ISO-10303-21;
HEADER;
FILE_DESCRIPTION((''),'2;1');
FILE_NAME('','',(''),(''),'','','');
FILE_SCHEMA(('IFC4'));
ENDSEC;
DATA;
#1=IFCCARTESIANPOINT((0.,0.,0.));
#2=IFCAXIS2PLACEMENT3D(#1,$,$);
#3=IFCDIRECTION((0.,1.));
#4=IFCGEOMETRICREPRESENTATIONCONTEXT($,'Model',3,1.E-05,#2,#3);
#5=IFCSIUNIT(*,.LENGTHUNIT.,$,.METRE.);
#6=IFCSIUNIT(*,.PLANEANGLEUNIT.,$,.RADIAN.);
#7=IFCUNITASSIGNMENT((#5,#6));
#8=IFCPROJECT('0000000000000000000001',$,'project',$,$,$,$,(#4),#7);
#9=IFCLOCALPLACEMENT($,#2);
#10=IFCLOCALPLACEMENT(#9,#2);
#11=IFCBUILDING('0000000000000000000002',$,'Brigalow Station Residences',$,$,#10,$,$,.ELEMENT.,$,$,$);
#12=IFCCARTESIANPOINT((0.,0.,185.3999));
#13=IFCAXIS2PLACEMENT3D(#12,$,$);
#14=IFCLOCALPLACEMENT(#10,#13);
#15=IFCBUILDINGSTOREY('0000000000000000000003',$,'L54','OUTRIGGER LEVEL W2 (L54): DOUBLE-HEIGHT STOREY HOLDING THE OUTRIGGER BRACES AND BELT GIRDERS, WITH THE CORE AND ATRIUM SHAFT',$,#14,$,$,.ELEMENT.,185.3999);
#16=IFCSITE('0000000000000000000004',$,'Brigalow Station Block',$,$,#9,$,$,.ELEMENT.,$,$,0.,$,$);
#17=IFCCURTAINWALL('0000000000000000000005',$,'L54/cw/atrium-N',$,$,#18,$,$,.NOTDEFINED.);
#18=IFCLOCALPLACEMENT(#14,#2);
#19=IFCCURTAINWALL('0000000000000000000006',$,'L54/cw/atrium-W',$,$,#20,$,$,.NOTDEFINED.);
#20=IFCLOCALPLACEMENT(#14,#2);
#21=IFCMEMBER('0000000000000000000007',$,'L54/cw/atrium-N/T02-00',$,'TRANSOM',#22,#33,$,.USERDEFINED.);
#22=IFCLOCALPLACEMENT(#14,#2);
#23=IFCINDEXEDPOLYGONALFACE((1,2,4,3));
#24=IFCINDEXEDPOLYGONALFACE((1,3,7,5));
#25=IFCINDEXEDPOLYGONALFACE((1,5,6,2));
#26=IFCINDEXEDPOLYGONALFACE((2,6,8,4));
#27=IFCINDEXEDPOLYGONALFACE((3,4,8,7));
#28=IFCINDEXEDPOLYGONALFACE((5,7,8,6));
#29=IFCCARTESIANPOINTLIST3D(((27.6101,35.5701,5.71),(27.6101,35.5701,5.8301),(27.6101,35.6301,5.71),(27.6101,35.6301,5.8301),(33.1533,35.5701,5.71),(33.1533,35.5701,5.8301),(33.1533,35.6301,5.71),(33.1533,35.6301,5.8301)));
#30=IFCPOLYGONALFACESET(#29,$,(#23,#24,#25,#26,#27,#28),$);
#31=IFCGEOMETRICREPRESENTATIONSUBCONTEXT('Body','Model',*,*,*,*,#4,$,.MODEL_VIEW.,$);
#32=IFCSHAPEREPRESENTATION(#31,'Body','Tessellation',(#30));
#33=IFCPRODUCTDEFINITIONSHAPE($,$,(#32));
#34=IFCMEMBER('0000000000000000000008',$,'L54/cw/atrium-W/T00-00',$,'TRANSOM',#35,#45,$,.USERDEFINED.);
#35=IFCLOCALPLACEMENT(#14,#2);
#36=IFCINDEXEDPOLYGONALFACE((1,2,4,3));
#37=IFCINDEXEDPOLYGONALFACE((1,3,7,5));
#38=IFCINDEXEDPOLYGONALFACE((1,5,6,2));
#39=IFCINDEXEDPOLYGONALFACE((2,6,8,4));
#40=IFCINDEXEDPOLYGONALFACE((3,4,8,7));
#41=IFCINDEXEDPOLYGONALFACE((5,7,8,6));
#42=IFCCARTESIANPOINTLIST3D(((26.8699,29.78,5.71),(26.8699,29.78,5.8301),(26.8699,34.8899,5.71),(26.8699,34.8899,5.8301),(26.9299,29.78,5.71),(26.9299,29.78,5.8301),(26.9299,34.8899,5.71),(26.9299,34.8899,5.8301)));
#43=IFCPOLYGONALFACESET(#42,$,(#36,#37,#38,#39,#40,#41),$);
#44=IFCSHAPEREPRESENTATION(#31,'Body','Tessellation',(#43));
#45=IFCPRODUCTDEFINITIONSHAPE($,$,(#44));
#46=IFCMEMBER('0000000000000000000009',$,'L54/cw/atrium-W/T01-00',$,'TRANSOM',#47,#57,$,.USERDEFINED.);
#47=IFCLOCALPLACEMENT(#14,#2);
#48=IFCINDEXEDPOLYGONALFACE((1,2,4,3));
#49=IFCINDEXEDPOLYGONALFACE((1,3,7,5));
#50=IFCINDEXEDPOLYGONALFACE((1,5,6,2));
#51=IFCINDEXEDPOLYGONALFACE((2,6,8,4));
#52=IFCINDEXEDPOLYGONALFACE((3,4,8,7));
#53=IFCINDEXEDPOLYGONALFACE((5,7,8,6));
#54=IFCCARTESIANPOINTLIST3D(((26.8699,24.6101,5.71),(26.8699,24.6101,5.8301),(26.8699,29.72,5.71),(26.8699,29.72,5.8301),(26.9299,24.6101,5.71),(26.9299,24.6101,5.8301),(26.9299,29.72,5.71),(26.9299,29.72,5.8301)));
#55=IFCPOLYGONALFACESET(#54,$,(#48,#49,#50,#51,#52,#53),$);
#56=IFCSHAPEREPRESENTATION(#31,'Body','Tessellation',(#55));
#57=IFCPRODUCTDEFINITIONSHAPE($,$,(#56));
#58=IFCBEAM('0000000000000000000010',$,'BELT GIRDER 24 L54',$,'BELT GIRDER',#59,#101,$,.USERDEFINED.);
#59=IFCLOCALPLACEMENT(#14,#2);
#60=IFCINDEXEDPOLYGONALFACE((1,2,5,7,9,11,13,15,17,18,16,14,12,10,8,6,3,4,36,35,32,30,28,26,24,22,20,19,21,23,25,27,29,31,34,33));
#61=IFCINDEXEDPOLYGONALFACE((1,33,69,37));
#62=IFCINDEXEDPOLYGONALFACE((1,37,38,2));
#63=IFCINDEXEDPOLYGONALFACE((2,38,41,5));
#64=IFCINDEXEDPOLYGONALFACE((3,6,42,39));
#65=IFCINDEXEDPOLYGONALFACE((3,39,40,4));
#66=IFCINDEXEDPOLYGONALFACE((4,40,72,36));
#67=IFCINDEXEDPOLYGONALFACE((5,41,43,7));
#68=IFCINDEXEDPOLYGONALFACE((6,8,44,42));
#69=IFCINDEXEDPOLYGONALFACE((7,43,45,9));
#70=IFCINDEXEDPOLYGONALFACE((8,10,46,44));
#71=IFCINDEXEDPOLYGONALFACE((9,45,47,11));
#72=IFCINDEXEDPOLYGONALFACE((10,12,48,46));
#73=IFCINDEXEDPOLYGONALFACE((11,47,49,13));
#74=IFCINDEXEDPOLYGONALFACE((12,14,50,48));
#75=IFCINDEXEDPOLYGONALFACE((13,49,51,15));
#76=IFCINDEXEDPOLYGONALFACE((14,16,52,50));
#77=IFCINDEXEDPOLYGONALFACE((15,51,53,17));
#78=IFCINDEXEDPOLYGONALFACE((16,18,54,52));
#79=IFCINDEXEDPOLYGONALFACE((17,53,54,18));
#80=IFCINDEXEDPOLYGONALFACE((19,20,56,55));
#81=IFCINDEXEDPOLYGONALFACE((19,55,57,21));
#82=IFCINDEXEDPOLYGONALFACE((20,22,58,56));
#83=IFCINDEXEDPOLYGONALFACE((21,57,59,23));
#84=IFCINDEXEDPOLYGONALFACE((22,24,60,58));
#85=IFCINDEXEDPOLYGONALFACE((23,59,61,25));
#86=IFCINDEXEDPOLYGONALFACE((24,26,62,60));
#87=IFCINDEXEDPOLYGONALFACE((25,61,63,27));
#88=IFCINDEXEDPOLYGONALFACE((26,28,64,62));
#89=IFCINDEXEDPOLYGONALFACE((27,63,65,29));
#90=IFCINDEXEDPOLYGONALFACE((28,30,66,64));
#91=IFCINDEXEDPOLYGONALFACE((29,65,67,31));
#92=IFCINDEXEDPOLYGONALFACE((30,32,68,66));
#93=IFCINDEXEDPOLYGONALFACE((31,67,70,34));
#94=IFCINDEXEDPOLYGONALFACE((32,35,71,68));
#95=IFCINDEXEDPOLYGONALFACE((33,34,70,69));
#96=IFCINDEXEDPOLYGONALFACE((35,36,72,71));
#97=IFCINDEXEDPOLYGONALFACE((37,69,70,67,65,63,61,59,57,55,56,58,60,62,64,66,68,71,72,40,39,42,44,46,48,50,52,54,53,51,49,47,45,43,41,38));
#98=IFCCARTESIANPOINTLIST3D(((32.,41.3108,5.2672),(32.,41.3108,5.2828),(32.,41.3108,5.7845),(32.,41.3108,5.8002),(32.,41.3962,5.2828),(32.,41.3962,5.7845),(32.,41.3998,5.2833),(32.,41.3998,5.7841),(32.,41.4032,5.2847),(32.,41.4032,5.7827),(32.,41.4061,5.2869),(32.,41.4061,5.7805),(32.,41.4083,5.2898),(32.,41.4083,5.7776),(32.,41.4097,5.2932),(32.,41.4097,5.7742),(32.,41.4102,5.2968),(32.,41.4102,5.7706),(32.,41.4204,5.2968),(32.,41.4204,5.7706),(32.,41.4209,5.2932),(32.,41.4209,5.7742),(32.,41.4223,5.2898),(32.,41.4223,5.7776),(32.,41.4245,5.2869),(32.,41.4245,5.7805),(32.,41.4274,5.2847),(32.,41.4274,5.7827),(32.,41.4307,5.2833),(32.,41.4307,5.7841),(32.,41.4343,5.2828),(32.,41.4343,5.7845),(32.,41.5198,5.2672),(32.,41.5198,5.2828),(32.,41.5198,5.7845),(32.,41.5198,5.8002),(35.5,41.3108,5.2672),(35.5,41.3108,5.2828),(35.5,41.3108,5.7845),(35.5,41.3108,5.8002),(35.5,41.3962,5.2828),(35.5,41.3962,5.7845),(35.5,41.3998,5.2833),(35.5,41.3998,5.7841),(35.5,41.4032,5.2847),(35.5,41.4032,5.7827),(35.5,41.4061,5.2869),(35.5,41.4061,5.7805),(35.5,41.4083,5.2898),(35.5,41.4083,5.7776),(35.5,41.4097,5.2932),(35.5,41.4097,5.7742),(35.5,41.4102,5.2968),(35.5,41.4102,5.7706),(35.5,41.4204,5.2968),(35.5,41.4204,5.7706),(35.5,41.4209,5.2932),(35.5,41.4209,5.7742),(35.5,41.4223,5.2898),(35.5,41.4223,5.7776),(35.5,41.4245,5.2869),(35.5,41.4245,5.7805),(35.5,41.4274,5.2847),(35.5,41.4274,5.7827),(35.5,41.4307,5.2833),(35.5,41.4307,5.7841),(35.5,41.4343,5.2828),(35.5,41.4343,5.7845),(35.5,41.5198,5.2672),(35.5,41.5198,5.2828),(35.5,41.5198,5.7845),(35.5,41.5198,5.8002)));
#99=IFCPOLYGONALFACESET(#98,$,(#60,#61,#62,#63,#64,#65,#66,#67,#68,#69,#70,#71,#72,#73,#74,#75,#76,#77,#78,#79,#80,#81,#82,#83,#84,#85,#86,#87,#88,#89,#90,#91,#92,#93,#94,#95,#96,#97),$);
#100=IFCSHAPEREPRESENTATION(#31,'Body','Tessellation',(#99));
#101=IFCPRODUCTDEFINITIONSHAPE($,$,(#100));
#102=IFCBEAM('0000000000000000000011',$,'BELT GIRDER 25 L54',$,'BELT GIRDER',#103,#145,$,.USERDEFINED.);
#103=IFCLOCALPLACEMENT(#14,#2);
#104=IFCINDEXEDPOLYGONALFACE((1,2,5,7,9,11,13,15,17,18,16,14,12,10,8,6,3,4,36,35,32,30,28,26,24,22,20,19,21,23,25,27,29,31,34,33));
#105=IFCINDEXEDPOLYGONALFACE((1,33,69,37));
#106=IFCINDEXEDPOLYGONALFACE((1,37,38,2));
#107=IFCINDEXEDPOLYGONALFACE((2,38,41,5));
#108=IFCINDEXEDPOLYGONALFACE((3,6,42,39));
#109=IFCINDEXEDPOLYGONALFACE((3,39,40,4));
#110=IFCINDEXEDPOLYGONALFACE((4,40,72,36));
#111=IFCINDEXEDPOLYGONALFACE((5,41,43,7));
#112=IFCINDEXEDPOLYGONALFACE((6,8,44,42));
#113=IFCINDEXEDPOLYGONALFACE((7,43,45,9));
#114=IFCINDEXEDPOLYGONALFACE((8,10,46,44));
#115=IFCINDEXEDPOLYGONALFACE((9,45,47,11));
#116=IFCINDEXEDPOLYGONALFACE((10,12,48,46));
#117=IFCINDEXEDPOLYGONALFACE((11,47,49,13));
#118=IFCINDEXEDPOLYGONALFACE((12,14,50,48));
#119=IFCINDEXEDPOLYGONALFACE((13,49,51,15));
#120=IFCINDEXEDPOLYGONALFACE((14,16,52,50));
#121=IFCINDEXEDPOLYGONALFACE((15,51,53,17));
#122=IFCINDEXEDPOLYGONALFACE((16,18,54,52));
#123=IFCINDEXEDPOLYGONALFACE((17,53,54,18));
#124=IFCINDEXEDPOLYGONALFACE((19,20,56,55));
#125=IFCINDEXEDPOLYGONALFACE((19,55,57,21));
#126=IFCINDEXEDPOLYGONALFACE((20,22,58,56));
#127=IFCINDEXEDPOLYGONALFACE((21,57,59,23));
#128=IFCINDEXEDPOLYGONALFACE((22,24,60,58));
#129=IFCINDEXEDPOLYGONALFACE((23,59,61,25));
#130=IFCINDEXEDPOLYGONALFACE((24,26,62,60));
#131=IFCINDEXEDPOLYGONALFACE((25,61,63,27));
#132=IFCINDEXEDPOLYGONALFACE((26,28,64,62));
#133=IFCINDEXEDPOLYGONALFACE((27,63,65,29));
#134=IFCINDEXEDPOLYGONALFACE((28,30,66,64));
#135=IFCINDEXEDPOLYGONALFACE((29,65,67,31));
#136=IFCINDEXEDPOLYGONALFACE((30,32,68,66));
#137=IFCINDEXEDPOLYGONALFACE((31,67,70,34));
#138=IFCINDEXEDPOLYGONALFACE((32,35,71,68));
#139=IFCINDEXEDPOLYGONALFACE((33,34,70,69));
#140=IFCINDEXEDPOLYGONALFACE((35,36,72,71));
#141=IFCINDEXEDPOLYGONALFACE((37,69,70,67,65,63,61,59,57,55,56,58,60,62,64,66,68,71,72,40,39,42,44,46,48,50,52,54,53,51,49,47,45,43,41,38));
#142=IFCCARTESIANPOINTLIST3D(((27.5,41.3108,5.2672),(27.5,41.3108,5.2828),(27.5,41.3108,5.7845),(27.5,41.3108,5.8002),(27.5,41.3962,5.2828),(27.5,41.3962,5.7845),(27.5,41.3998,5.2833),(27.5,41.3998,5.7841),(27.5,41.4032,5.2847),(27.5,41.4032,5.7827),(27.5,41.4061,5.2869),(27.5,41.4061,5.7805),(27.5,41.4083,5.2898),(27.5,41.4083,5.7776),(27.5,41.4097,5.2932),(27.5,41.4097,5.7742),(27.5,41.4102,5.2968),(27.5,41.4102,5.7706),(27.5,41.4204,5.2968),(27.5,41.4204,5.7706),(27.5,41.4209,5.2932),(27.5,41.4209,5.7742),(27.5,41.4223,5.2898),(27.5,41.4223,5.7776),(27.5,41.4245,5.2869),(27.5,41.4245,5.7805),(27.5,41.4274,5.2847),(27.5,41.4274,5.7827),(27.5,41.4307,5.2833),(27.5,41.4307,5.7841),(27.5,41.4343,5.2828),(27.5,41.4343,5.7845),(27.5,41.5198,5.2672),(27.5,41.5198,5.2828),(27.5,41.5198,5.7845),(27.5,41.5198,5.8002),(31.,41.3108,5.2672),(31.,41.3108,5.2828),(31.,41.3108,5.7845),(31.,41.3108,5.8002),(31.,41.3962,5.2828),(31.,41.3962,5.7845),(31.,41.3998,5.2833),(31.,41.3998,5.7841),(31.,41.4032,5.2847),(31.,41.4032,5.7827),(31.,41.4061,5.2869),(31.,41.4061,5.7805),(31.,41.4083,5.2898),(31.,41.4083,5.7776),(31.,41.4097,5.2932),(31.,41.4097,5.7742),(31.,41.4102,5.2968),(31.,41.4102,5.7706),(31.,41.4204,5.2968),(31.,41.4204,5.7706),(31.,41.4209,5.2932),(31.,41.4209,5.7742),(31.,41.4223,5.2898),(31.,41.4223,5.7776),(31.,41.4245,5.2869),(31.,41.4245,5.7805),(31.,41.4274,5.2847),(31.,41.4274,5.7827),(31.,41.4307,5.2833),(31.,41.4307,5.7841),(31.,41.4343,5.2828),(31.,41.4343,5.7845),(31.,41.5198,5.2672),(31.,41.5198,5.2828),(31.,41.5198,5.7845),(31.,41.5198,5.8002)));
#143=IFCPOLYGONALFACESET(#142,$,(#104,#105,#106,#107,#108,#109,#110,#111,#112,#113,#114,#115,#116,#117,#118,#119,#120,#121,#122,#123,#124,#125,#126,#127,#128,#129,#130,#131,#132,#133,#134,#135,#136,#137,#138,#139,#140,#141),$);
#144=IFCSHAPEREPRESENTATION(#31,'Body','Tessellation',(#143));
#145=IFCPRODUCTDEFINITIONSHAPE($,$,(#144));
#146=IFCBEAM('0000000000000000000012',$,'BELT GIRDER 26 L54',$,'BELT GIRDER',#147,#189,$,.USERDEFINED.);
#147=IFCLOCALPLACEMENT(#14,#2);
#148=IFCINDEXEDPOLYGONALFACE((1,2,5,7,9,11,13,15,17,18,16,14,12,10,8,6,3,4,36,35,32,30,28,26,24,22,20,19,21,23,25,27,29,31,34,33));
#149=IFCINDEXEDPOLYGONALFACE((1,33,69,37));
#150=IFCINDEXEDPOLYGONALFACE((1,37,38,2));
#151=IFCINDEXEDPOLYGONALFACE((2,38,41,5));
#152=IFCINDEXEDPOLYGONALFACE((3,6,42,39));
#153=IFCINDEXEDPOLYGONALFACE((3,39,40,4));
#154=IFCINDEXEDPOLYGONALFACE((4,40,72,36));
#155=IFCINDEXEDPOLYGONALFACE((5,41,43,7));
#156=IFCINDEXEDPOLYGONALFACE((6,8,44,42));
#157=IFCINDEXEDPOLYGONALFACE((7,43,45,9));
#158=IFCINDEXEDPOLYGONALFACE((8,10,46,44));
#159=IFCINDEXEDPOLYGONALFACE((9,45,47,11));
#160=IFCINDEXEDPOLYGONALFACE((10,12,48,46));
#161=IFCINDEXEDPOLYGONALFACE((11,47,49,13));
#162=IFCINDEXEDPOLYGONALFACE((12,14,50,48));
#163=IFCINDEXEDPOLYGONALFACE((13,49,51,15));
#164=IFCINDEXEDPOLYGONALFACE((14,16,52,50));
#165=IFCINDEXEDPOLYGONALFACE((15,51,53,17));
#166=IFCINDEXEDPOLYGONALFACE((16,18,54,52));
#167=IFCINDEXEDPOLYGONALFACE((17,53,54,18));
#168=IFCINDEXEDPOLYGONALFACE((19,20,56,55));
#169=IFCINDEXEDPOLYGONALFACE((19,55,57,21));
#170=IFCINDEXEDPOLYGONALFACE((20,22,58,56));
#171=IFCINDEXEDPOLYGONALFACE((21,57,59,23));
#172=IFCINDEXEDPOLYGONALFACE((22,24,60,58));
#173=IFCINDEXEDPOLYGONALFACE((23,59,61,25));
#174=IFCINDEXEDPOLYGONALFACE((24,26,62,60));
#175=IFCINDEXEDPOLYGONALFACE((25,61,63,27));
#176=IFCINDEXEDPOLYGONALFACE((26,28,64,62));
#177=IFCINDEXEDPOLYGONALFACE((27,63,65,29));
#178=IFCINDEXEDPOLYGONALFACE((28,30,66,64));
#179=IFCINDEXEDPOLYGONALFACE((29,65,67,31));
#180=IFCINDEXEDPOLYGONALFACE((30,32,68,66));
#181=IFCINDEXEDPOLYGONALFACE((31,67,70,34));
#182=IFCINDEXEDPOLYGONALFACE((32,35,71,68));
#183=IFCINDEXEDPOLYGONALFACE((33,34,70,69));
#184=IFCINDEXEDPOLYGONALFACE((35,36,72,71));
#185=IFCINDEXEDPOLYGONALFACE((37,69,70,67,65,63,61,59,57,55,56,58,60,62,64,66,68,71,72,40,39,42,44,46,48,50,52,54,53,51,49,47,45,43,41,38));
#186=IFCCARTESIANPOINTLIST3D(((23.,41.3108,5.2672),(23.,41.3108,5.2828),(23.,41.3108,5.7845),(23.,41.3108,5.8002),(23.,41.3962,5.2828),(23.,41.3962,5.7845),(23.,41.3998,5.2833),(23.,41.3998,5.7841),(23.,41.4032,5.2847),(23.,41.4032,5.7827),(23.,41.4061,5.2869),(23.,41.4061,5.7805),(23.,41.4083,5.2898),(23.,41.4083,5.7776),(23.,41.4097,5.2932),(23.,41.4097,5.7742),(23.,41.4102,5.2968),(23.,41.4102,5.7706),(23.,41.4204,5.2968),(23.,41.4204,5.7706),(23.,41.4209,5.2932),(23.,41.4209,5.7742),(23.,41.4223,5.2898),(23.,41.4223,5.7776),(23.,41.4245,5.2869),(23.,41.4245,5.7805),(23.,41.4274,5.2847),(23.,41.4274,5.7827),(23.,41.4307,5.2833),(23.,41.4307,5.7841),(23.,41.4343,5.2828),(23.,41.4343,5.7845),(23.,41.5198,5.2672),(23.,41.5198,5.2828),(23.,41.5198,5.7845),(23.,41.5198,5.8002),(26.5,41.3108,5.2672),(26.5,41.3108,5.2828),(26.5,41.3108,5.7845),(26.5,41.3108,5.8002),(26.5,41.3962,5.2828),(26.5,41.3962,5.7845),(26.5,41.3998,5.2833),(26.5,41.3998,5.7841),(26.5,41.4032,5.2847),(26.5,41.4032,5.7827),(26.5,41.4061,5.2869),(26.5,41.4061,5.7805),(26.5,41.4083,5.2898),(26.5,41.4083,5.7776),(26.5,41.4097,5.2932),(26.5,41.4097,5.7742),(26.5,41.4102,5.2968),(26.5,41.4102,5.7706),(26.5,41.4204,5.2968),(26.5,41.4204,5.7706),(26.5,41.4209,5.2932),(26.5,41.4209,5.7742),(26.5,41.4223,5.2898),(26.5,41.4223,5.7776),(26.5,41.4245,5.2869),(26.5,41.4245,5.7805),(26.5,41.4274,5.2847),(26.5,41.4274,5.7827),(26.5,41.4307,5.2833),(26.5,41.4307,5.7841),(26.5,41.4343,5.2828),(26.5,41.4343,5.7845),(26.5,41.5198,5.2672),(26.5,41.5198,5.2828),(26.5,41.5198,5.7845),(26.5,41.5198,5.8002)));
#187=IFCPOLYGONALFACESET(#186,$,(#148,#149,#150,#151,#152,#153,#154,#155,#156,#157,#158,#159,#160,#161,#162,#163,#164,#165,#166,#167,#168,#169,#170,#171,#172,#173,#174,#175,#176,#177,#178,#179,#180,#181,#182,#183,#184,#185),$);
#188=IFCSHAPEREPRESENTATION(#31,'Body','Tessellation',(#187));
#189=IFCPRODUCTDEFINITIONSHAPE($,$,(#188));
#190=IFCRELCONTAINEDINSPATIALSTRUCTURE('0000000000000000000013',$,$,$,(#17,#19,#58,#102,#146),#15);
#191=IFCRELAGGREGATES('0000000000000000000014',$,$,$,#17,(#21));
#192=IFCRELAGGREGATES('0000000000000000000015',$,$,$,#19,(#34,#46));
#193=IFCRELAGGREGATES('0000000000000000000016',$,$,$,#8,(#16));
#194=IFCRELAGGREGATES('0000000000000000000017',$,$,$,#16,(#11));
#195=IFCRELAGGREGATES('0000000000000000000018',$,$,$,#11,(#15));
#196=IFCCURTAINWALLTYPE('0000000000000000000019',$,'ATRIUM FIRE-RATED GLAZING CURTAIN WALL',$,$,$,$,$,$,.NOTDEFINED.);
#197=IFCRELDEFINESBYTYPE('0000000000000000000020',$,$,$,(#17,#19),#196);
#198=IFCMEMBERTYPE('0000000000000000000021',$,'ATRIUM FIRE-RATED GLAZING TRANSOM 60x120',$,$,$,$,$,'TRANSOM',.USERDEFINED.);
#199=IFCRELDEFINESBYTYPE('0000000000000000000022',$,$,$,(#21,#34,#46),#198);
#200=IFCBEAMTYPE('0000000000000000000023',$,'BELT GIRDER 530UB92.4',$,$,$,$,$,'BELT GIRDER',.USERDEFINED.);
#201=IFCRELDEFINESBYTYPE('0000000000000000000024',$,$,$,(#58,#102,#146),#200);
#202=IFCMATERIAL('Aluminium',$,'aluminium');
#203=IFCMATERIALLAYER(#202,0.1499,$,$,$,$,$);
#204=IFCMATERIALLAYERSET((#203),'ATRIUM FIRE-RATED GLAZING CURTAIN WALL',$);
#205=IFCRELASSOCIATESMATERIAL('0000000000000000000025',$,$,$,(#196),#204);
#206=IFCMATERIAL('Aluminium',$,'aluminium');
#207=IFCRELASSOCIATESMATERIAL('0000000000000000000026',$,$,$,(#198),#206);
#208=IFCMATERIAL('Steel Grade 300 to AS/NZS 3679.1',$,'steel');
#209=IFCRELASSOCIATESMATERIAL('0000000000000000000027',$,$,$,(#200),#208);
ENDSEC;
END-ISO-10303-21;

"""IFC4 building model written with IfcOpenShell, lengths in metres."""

from ifc_helpers import new_model, si_unit, direction, frame, origin, origin_2d, place, context, subcontext, project, spatial, rectangle, i_section, extrude, material, layer, layer_set, material_profile, profile_set, type_object, element, aggregate, save


model = new_model("IFC4")

# Units and contexts
model_context = context("Model", 3, precision=1e-05, world=origin(), true_north=direction((0.0, 1.0)))
body_context = subcontext(model_context, "Body", "Model", "MODEL_VIEW")
ifc_project = project(units=[si_unit("LENGTHUNIT", "METRE"), si_unit("PLANEANGLEUNIT", "RADIAN")], contexts=[model_context])

# Site, building, storey
site_placement = place(None, origin())
site = spatial("IfcSite", under=ifc_project, at=site_placement, Name="Brigalow Station Block", CompositionType="ELEMENT", RefElevation=0.0)
building_placement = place(site_placement, origin())
building = spatial("IfcBuilding", under=site, at=building_placement, Name="Brigalow Station Residences", CompositionType="ELEMENT")
storey_placement = place(building_placement, frame((0.0, 0.0, 185.3999)))
storey = spatial("IfcBuildingStorey", under=building, at=storey_placement, Name="L54", Description="OUTRIGGER LEVEL W2 (L54): DOUBLE-HEIGHT STOREY HOLDING THE OUTRIGGER BRACES AND BELT GIRDERS, WITH THE CORE AND ATRIUM SHAFT", CompositionType="ELEMENT", Elevation=185.3999)

# Curtain walls
ifc_material_1 = material(Name="Aluminium", Category="aluminium")
ifc_layer_1 = layer(ifc_material_1, 0.1499)
ifc_layer_set_1 = layer_set([ifc_layer_1], Name="ATRIUM FIRE-RATED GLAZING CURTAIN WALL")
curtain_wall_type = type_object("IfcCurtainWallType", Name="ATRIUM FIRE-RATED GLAZING CURTAIN WALL", PredefinedType="NOTDEFINED", material=ifc_layer_set_1)
curtain_wall_1_placement = place(storey_placement, origin())
curtain_wall_1 = element("IfcCurtainWall", 1, at=curtain_wall_1_placement, inside=storey, type_object=curtain_wall_type, Name="L54/cw/atrium-N", PredefinedType="NOTDEFINED")
curtain_wall_2_placement = place(storey_placement, origin())
curtain_wall_2 = element("IfcCurtainWall", 2, at=curtain_wall_2_placement, inside=storey, type_object=curtain_wall_type, Name="L54/cw/atrium-W", PredefinedType="NOTDEFINED")

# Shared definitions
ifc_material_2 = material(Name="Aluminium", Category="aluminium")
ifc_material_profile_1 = material_profile(ifc_material_2, rectangle(XDim=0.0601, YDim=0.1201, at=origin_2d()), Name="ATRIUM FIRE-RATED GLAZING TRANSOM 60x120")
ifc_profile_set_1 = profile_set([ifc_material_profile_1], Name="Aluminium")
member_type_1 = type_object("IfcMemberType", Name="ATRIUM FIRE-RATED GLAZING TRANSOM 60x120", ElementType="TRANSOM", PredefinedType="USERDEFINED", material=ifc_profile_set_1)

# Members
member_1_placement = place(storey_placement, frame((33.1533, 35.6001, 5.77), z_axis=(-1.0, 0.0, 0.0), x_axis=(0.0, -1.0, 0.0)))
member_1 = element("IfcMember", 3, at=member_1_placement, type_object=member_type_1, Name="L54/cw/atrium-N/T02-00", ObjectType="TRANSOM", PredefinedType="USERDEFINED", context=body_context, shape_type="SweptSolid", body=[
    extrude(rectangle(XDim=0.0601, YDim=0.1201, at=origin_2d()), origin(), (0.0, 0.0, 1.0), 5.5432),
])
member_2_placement = place(storey_placement, frame((26.8999, 34.8899, 5.77), z_axis=(0.0, -1.0, 0.0), x_axis=(1.0, 0.0, 0.0)))
member_2 = element("IfcMember", 4, at=member_2_placement, type_object=member_type_1, Name="L54/cw/atrium-W/T00-00", ObjectType="TRANSOM", PredefinedType="USERDEFINED", context=body_context, shape_type="SweptSolid", body=[
    extrude(rectangle(XDim=0.0601, YDim=0.1201, at=origin_2d()), origin(), (0.0, 0.0, 1.0), 5.1099),
])
member_3_placement = place(storey_placement, frame((26.8999, 29.72, 5.77), z_axis=(0.0, -1.0, 0.0), x_axis=(1.0, 0.0, 0.0)))
member_3 = element("IfcMember", 5, at=member_3_placement, type_object=member_type_1, Name="L54/cw/atrium-W/T01-00", ObjectType="TRANSOM", PredefinedType="USERDEFINED", context=body_context, shape_type="SweptSolid", body=[
    extrude(rectangle(XDim=0.0601, YDim=0.1201, at=origin_2d()), origin(), (0.0, 0.0, 1.0), 5.1099),
])

# Beams
ifc_material_3 = material(Name="Steel Grade 300 to AS/NZS 3679.1", Category="steel")
ifc_material_profile_2 = material_profile(ifc_material_3, i_section(OverallWidth=0.209, OverallDepth=0.533, WebThickness=0.0103, FlangeThickness=0.0156, FilletRadius=0.0139, at=origin_2d()), Name="530UB92.4")
ifc_profile_set_2 = profile_set([ifc_material_profile_2], Name="Steel Grade 300 to AS/NZS 3679.1")
beam_type_1 = type_object("IfcBeamType", Name="BELT GIRDER 530UB92.4", ElementType="BELT GIRDER", PredefinedType="USERDEFINED", material=ifc_profile_set_2)
for number, where, z_axis, x_axis, name in (
    (6, (35.5, 41.4153, 5.5337), (-1.0, 0.0, 0.0), (0.0, -1.0, 0.0), "BELT GIRDER 24 L54"),
    (7, (31.0, 41.4153, 5.5337), (-1.0, 0.0, 0.0), (0.0, -1.0, 0.0), "BELT GIRDER 25 L54"),
    (8, (26.5, 41.4153, 5.5337), (-1.0, 0.0, 0.0), (0.0, -1.0, 0.0), "BELT GIRDER 26 L54"),
):
    element("IfcBeam", number, at=place(storey_placement, frame(where, z_axis=z_axis, x_axis=x_axis)), inside=storey, type_object=beam_type_1, Name=name, ObjectType="BELT GIRDER", PredefinedType="USERDEFINED", context=body_context, shape_type="SweptSolid", body=[
        extrude(i_section(OverallWidth=0.209, OverallDepth=0.533, WebThickness=0.0103, FlangeThickness=0.0156, FilletRadius=0.0139, at=origin_2d()), origin(), (0.0, 0.0, 1.0), 3.5),
    ])

aggregate(curtain_wall_1, [member_1])
aggregate(curtain_wall_2, [member_2, member_3])

save(model, "model.ifc")
